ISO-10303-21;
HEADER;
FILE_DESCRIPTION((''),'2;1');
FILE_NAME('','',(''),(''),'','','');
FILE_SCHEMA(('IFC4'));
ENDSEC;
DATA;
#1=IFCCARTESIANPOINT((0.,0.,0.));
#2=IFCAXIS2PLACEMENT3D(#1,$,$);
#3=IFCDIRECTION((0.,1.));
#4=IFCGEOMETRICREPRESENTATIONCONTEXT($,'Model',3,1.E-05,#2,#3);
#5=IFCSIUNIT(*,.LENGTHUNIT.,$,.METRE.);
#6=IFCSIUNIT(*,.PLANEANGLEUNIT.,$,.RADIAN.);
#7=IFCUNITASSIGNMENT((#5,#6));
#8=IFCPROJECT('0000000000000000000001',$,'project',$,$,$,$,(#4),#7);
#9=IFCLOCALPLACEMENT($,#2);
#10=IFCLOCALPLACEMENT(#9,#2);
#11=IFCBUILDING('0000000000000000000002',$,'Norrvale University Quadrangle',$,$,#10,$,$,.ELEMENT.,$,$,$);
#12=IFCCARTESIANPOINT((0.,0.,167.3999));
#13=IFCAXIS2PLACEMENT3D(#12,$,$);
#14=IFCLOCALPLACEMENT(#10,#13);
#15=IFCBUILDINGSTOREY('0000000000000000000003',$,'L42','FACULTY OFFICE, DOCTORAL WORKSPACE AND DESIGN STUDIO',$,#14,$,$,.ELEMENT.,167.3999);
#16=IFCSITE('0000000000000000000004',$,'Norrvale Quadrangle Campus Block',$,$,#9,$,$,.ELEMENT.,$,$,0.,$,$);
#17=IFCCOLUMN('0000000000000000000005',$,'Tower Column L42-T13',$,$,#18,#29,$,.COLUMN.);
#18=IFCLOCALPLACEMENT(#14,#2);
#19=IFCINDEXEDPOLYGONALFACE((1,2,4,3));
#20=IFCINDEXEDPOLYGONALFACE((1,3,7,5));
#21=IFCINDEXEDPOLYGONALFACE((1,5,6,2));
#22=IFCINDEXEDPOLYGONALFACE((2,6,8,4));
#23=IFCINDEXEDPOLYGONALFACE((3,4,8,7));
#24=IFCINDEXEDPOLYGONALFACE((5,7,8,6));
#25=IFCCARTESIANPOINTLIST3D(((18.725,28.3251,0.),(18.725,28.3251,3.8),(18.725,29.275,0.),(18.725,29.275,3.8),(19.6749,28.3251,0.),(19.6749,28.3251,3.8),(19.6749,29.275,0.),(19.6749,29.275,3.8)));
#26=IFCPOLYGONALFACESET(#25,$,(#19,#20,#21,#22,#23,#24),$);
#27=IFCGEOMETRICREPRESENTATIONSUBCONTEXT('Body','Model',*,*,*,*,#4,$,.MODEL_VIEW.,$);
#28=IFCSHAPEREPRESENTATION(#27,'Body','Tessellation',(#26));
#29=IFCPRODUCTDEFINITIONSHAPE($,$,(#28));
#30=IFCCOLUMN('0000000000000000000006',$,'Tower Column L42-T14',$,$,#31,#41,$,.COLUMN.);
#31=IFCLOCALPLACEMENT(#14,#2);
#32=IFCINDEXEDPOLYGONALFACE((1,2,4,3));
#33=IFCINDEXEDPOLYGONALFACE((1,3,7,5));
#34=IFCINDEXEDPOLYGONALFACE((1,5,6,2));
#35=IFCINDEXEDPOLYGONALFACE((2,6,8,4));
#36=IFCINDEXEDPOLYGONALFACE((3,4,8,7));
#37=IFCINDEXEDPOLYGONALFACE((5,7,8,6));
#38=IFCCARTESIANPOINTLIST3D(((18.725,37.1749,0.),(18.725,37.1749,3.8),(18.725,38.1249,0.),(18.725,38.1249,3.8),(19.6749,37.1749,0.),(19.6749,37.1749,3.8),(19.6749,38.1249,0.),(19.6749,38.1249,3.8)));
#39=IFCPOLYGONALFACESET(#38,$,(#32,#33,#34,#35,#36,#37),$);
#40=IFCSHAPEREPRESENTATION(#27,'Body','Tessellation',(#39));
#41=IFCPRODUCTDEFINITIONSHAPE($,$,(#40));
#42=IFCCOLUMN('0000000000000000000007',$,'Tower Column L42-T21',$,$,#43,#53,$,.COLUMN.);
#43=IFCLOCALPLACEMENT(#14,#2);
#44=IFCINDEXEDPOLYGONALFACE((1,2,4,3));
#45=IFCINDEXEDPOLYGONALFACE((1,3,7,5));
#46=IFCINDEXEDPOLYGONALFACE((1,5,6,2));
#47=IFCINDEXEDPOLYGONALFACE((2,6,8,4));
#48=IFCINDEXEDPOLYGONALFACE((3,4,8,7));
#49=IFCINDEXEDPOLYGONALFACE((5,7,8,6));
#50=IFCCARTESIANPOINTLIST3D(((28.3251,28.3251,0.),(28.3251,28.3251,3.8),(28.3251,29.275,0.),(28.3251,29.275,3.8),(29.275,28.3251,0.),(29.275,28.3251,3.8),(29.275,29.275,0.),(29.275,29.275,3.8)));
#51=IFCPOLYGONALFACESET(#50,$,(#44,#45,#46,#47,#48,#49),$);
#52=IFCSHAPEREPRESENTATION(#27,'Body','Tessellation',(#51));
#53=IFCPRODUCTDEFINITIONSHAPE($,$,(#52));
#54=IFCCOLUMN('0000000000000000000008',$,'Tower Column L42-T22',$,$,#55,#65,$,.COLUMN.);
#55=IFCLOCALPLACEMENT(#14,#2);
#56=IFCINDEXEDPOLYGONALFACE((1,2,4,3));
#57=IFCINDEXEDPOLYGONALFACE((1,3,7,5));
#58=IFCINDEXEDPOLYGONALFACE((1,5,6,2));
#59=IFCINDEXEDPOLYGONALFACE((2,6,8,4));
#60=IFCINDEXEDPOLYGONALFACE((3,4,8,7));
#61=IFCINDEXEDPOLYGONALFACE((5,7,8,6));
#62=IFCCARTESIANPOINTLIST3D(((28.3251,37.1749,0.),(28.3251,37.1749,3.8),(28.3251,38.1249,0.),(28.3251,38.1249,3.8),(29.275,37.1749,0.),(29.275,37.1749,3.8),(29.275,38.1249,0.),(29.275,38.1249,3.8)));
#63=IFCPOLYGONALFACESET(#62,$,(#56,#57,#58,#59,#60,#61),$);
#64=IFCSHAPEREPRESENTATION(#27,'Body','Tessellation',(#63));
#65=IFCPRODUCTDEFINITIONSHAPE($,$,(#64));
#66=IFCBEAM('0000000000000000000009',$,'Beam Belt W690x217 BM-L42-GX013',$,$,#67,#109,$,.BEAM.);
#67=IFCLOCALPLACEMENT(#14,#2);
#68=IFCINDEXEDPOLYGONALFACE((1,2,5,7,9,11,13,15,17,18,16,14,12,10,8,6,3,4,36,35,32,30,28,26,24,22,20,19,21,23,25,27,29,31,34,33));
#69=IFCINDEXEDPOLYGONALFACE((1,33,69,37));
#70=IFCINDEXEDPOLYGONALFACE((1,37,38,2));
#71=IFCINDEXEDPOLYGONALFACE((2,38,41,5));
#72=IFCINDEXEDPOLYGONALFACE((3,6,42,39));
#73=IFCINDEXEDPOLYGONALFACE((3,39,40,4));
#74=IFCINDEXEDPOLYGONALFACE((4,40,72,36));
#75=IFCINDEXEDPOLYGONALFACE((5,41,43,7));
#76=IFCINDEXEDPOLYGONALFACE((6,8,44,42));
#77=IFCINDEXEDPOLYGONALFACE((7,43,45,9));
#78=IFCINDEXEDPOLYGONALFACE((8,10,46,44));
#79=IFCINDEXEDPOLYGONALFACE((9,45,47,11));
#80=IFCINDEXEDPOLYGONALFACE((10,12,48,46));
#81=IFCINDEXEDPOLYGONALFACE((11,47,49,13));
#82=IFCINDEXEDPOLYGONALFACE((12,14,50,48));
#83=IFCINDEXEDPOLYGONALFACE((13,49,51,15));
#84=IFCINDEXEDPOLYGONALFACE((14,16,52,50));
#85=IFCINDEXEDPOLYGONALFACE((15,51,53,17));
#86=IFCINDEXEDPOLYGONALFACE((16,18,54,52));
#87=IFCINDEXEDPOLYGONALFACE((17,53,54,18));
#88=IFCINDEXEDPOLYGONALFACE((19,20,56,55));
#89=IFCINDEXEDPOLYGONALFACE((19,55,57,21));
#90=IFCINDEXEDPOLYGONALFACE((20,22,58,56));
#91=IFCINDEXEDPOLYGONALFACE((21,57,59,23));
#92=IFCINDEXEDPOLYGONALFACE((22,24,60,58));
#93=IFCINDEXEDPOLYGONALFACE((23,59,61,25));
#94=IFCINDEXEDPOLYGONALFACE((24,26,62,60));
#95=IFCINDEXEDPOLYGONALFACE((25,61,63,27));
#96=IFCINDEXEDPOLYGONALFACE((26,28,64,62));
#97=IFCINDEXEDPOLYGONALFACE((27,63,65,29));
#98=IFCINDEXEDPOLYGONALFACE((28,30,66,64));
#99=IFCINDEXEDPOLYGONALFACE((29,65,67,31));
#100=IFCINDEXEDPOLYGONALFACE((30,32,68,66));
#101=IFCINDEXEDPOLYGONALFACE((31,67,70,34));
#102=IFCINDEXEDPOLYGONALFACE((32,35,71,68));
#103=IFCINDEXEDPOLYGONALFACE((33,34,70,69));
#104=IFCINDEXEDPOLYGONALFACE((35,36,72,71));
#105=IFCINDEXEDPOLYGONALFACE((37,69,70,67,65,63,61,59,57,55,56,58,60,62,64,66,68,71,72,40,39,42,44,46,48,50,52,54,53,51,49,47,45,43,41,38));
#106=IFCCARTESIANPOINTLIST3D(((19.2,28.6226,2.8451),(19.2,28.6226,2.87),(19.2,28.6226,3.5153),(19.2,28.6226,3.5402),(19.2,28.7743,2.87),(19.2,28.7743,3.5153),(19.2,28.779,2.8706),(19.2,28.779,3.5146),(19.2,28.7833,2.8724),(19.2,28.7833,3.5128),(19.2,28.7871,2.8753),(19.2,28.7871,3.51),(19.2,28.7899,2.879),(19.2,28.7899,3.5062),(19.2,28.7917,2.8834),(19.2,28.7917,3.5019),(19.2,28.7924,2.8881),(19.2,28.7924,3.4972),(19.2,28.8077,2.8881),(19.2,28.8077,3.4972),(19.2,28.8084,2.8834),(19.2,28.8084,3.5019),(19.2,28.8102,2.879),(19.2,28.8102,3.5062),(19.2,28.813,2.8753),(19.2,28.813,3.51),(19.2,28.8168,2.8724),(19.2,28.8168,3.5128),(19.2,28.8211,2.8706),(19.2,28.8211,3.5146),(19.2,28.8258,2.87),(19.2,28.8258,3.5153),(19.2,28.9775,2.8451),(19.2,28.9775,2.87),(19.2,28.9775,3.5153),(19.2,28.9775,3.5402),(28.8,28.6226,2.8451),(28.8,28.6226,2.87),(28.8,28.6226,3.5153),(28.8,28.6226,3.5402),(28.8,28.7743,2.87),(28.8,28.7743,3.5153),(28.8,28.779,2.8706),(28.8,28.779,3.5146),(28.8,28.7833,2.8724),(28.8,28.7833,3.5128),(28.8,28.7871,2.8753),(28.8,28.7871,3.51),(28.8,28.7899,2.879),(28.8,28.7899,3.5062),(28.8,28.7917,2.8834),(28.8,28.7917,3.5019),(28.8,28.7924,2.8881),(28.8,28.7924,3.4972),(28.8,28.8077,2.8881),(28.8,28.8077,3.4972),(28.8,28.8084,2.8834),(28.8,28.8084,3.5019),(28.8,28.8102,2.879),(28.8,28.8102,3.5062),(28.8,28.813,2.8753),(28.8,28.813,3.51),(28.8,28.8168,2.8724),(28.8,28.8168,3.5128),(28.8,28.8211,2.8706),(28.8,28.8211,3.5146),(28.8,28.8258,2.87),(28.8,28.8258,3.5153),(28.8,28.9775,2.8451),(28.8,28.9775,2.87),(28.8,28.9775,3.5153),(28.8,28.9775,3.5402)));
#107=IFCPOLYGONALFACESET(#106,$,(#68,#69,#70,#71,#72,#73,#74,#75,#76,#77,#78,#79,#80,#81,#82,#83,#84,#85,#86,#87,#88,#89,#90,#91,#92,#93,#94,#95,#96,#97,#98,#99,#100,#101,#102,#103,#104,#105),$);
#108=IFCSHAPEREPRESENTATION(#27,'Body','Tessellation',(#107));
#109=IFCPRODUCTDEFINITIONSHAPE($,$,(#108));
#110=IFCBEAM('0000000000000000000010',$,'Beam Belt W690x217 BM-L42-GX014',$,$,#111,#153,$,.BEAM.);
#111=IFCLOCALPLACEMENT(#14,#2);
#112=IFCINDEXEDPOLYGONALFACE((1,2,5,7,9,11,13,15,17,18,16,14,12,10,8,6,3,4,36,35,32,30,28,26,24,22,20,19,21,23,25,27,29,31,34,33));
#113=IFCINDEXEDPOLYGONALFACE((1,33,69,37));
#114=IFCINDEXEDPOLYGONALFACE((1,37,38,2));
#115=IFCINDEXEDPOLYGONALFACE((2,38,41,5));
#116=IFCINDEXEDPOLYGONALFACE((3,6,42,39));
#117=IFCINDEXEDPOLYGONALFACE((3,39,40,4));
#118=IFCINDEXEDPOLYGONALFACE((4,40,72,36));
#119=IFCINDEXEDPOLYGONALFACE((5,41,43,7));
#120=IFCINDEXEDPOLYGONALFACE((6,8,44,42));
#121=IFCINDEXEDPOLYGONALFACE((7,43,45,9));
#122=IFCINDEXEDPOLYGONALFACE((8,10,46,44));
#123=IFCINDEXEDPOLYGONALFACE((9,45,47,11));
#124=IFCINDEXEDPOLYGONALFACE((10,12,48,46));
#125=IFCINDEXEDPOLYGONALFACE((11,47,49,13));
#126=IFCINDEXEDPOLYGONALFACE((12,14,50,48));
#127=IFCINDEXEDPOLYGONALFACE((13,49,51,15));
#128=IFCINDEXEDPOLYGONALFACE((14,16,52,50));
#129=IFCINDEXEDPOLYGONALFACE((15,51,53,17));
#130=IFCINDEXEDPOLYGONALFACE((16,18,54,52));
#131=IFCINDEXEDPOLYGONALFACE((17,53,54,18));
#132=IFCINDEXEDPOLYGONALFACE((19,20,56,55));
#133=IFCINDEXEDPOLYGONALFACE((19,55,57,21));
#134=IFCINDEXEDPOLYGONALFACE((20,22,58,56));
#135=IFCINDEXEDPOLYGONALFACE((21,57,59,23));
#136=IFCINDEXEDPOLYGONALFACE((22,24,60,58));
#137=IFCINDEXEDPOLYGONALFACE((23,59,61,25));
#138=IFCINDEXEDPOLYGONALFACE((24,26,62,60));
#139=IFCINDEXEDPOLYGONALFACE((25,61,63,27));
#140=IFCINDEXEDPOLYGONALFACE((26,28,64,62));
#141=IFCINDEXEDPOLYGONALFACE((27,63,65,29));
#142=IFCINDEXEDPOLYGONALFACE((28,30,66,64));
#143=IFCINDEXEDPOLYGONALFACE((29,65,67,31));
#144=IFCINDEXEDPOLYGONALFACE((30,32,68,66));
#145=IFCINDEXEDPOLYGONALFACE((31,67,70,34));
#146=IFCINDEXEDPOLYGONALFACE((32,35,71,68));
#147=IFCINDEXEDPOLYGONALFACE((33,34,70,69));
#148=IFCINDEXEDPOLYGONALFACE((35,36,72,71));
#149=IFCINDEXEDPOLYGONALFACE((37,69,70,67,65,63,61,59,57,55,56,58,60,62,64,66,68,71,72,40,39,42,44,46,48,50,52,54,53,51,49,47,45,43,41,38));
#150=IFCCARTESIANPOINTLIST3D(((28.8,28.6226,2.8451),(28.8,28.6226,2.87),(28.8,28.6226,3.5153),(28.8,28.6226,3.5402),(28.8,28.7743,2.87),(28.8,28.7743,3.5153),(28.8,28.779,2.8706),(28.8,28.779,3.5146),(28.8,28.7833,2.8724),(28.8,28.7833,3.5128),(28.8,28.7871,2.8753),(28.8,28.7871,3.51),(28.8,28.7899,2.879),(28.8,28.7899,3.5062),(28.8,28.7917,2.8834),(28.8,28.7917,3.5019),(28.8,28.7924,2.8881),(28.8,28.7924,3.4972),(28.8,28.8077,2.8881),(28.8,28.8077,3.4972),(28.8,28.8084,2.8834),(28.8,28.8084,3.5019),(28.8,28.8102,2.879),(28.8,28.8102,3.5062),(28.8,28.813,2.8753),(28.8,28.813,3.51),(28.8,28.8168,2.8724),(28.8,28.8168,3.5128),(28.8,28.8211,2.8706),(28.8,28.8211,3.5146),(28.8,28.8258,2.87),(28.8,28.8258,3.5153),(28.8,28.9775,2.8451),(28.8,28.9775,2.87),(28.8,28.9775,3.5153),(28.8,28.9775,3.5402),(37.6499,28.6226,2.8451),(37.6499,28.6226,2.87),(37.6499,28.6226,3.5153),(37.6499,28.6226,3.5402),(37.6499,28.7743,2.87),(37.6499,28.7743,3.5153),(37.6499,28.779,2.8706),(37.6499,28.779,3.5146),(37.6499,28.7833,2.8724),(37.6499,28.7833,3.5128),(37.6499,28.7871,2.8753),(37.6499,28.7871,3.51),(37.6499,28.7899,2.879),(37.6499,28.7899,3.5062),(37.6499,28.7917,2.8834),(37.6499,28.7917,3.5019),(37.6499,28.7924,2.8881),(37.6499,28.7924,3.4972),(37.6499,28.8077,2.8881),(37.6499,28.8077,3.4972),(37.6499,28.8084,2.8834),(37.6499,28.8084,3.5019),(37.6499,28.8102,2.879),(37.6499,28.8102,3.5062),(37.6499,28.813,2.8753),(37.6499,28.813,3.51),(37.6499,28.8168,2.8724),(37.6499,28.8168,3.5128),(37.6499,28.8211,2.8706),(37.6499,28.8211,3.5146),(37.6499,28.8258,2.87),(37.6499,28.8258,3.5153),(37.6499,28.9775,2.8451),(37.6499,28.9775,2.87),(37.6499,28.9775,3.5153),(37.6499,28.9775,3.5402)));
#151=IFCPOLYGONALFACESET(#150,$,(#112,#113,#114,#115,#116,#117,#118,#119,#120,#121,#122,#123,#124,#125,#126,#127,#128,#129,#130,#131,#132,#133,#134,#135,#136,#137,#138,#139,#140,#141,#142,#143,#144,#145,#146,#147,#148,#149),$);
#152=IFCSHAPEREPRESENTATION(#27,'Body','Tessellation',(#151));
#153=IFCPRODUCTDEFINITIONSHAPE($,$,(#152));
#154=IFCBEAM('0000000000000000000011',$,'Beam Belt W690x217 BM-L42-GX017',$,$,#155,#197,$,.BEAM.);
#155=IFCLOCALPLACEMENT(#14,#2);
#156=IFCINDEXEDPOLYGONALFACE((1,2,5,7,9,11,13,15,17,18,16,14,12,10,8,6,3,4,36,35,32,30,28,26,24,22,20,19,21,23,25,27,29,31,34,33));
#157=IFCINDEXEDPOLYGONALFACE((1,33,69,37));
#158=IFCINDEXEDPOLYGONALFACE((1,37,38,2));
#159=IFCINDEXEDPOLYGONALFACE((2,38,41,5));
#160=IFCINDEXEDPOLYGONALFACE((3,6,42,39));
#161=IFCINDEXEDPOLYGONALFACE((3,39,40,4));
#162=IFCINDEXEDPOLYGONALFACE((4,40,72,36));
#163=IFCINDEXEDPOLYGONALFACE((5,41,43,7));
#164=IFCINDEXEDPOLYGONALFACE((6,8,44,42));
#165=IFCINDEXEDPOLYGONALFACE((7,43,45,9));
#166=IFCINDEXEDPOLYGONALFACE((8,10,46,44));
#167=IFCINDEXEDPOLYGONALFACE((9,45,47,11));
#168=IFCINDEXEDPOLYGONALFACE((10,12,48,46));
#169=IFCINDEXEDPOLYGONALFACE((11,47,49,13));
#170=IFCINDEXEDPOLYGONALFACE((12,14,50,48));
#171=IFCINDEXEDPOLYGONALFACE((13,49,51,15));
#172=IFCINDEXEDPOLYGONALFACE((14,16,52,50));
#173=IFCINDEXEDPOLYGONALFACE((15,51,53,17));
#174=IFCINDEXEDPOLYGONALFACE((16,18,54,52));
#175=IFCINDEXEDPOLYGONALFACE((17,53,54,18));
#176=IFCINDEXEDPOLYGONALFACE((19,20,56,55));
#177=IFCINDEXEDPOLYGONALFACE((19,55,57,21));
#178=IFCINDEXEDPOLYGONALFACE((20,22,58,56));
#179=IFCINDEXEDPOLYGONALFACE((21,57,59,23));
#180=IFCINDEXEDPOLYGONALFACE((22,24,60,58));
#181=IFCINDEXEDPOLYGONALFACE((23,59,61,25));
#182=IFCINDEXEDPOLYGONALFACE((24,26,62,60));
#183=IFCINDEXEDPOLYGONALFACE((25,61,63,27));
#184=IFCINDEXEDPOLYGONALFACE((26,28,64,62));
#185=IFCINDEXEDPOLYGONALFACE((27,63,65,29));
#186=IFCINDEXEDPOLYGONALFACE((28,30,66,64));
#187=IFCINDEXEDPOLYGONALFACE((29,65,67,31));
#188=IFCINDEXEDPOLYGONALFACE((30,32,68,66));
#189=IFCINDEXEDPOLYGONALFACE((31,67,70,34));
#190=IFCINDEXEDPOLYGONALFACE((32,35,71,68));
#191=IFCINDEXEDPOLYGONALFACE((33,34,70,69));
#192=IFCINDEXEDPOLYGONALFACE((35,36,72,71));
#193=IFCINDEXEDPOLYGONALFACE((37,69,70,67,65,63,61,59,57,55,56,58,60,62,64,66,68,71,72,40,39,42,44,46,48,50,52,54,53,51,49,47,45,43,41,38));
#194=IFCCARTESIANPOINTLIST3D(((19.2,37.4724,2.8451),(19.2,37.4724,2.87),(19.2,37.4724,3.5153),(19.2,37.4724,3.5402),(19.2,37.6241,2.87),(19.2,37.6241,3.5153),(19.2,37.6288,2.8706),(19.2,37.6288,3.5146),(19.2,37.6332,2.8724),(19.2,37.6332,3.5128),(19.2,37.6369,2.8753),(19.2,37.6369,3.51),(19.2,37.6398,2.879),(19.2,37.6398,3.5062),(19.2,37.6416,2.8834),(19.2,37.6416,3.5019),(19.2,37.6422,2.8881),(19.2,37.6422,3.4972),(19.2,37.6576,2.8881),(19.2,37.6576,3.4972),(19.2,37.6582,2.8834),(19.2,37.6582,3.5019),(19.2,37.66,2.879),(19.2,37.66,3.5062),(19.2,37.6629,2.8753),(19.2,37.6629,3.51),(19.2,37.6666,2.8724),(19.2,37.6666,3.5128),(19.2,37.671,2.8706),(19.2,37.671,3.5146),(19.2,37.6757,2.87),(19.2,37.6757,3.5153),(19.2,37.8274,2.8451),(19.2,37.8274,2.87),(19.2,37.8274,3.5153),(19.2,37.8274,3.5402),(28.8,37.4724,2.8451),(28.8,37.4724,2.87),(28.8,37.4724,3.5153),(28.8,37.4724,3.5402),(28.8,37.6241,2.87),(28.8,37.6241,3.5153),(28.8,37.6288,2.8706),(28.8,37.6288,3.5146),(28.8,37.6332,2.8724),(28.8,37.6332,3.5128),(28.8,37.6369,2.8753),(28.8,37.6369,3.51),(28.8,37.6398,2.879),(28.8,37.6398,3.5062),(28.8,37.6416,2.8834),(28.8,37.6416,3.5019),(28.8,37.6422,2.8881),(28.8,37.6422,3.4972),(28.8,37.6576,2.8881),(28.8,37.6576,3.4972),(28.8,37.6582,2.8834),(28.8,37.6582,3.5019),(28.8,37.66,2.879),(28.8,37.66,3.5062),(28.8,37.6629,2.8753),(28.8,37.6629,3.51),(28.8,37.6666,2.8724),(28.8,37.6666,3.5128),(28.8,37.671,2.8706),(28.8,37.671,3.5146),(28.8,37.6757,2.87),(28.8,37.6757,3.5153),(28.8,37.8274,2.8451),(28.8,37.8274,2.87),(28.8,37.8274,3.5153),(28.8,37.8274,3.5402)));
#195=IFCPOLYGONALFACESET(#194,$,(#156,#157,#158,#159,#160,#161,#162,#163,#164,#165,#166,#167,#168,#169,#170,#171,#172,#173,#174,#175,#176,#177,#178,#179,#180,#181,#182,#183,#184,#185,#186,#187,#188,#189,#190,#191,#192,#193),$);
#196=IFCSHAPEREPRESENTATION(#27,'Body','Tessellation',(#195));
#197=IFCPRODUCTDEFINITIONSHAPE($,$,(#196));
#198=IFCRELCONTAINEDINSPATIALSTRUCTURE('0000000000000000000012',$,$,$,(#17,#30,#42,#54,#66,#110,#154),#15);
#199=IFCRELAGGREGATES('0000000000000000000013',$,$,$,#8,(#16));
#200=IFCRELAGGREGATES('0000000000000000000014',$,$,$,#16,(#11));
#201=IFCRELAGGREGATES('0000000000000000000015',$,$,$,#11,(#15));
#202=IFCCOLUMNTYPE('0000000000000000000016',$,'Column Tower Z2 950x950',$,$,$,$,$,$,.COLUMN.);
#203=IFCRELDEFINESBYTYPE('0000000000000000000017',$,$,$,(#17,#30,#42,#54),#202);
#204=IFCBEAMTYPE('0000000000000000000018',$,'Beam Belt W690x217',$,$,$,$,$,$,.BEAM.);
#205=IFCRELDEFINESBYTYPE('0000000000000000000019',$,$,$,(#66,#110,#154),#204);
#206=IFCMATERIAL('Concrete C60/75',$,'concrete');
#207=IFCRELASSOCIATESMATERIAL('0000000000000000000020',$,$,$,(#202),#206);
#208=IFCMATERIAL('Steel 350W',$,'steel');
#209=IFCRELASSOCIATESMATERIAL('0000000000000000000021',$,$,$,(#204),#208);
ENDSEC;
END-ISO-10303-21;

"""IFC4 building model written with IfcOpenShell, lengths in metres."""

from ifc_helpers import new_model, si_unit, direction, frame, origin, origin_2d, place, context, subcontext, project, spatial, rectangle, i_section, extrude, material, material_profile, profile_set, type_object, element, save


model = new_model("IFC4")

# Units and contexts
model_context = context("Model", 3, precision=1e-05, world=origin(), true_north=direction((0.0, 1.0)))
body_context = subcontext(model_context, "Body", "Model", "MODEL_VIEW")
ifc_project = project(units=[si_unit("LENGTHUNIT", "METRE"), si_unit("PLANEANGLEUNIT", "RADIAN")], contexts=[model_context])

# Site, building, storey
site_placement = place(None, origin())
site = spatial("IfcSite", under=ifc_project, at=site_placement, Name="Norrvale Quadrangle Campus Block", CompositionType="ELEMENT", RefElevation=0.0)
building_placement = place(site_placement, origin())
building = spatial("IfcBuilding", under=site, at=building_placement, Name="Norrvale University Quadrangle", CompositionType="ELEMENT")
storey_placement = place(building_placement, frame((0.0, 0.0, 167.3999)))
storey = spatial("IfcBuildingStorey", under=building, at=storey_placement, Name="L42", Description="FACULTY OFFICE, DOCTORAL WORKSPACE AND DESIGN STUDIO", CompositionType="ELEMENT", Elevation=167.3999)

# Columns
ifc_material_1 = material(Name="Concrete C60/75", Category="concrete")
ifc_material_profile_1 = material_profile(ifc_material_1, rectangle(XDim=0.95, YDim=0.95, at=origin_2d()), Name="Concrete C60/75")
ifc_profile_set_1 = profile_set([ifc_material_profile_1], Name="Concrete C60/75")
column_type = type_object("IfcColumnType", Name="Column Tower Z2 950x950", PredefinedType="COLUMN", material=ifc_profile_set_1)
for number, where, z_axis, x_axis, name in (
    (1, (19.2, 28.8, 0.0), (0.0, 0.0, 1.0), (1.0, 0.0, 0.0), "Tower Column L42-T13"),
    (2, (19.2, 37.6499, 0.0), (0.0, 0.0, 1.0), (1.0, 0.0, 0.0), "Tower Column L42-T14"),
    (3, (28.8, 28.8, 0.0), (0.0, 0.0, 1.0), (1.0, 0.0, 0.0), "Tower Column L42-T21"),
    (4, (28.8, 37.6499, 0.0), (0.0, 0.0, 1.0), (1.0, 0.0, 0.0), "Tower Column L42-T22"),
):
    element("IfcColumn", number, at=place(storey_placement, frame(where, z_axis=z_axis, x_axis=x_axis)), inside=storey, type_object=column_type, Name=name, PredefinedType="COLUMN", context=body_context, shape_type="SweptSolid", body=[
        extrude(rectangle(XDim=0.95, YDim=0.95, at=origin_2d()), origin(), (0.0, 0.0, 1.0), 3.8),
    ])

# Beams
ifc_material_2 = material(Name="Steel 350W", Category="steel")
ifc_material_profile_2 = material_profile(ifc_material_2, i_section(OverallWidth=0.355, OverallDepth=0.6951, WebThickness=0.0154, FlangeThickness=0.0249, FilletRadius=0.0181, at=origin_2d()), Name="Steel 350W")
ifc_profile_set_2 = profile_set([ifc_material_profile_2], Name="Steel 350W")
beam_type_1 = type_object("IfcBeamType", Name="Beam Belt W690x217", PredefinedType="BEAM", material=ifc_profile_set_2)
beam_1_placement = place(storey_placement, frame((19.2, 28.8, 3.1926), z_axis=(1.0, 0.0, 0.0), x_axis=(0.0, 1.0, 0.0)))
element("IfcBeam", 5, at=beam_1_placement, inside=storey, type_object=beam_type_1, Name="Beam Belt W690x217 BM-L42-GX013", PredefinedType="BEAM", context=body_context, shape_type="SweptSolid", body=[
    extrude(i_section(OverallWidth=0.355, OverallDepth=0.6951, WebThickness=0.0154, FlangeThickness=0.0249, FilletRadius=0.0181, at=origin_2d()), origin(), (0.0, 0.0, 1.0), 9.6001),
])
beam_2_placement = place(storey_placement, frame((28.8, 28.8, 3.1926), z_axis=(1.0, 0.0, 0.0), x_axis=(0.0, 1.0, 0.0)))
element("IfcBeam", 6, at=beam_2_placement, inside=storey, type_object=beam_type_1, Name="Beam Belt W690x217 BM-L42-GX014", PredefinedType="BEAM", context=body_context, shape_type="SweptSolid", body=[
    extrude(i_section(OverallWidth=0.355, OverallDepth=0.6951, WebThickness=0.0154, FlangeThickness=0.0249, FilletRadius=0.0181, at=origin_2d()), origin(), (0.0, 0.0, 1.0), 8.8499),
])
beam_3_placement = place(storey_placement, frame((19.2, 37.6499, 3.1926), z_axis=(1.0, 0.0, 0.0), x_axis=(0.0, 1.0, 0.0)))
element("IfcBeam", 7, at=beam_3_placement, inside=storey, type_object=beam_type_1, Name="Beam Belt W690x217 BM-L42-GX017", PredefinedType="BEAM", context=body_context, shape_type="SweptSolid", body=[
    extrude(i_section(OverallWidth=0.355, OverallDepth=0.6951, WebThickness=0.0154, FlangeThickness=0.0249, FilletRadius=0.0181, at=origin_2d()), origin(), (0.0, 0.0, 1.0), 9.6001),
])

save(model, "model.ifc")
